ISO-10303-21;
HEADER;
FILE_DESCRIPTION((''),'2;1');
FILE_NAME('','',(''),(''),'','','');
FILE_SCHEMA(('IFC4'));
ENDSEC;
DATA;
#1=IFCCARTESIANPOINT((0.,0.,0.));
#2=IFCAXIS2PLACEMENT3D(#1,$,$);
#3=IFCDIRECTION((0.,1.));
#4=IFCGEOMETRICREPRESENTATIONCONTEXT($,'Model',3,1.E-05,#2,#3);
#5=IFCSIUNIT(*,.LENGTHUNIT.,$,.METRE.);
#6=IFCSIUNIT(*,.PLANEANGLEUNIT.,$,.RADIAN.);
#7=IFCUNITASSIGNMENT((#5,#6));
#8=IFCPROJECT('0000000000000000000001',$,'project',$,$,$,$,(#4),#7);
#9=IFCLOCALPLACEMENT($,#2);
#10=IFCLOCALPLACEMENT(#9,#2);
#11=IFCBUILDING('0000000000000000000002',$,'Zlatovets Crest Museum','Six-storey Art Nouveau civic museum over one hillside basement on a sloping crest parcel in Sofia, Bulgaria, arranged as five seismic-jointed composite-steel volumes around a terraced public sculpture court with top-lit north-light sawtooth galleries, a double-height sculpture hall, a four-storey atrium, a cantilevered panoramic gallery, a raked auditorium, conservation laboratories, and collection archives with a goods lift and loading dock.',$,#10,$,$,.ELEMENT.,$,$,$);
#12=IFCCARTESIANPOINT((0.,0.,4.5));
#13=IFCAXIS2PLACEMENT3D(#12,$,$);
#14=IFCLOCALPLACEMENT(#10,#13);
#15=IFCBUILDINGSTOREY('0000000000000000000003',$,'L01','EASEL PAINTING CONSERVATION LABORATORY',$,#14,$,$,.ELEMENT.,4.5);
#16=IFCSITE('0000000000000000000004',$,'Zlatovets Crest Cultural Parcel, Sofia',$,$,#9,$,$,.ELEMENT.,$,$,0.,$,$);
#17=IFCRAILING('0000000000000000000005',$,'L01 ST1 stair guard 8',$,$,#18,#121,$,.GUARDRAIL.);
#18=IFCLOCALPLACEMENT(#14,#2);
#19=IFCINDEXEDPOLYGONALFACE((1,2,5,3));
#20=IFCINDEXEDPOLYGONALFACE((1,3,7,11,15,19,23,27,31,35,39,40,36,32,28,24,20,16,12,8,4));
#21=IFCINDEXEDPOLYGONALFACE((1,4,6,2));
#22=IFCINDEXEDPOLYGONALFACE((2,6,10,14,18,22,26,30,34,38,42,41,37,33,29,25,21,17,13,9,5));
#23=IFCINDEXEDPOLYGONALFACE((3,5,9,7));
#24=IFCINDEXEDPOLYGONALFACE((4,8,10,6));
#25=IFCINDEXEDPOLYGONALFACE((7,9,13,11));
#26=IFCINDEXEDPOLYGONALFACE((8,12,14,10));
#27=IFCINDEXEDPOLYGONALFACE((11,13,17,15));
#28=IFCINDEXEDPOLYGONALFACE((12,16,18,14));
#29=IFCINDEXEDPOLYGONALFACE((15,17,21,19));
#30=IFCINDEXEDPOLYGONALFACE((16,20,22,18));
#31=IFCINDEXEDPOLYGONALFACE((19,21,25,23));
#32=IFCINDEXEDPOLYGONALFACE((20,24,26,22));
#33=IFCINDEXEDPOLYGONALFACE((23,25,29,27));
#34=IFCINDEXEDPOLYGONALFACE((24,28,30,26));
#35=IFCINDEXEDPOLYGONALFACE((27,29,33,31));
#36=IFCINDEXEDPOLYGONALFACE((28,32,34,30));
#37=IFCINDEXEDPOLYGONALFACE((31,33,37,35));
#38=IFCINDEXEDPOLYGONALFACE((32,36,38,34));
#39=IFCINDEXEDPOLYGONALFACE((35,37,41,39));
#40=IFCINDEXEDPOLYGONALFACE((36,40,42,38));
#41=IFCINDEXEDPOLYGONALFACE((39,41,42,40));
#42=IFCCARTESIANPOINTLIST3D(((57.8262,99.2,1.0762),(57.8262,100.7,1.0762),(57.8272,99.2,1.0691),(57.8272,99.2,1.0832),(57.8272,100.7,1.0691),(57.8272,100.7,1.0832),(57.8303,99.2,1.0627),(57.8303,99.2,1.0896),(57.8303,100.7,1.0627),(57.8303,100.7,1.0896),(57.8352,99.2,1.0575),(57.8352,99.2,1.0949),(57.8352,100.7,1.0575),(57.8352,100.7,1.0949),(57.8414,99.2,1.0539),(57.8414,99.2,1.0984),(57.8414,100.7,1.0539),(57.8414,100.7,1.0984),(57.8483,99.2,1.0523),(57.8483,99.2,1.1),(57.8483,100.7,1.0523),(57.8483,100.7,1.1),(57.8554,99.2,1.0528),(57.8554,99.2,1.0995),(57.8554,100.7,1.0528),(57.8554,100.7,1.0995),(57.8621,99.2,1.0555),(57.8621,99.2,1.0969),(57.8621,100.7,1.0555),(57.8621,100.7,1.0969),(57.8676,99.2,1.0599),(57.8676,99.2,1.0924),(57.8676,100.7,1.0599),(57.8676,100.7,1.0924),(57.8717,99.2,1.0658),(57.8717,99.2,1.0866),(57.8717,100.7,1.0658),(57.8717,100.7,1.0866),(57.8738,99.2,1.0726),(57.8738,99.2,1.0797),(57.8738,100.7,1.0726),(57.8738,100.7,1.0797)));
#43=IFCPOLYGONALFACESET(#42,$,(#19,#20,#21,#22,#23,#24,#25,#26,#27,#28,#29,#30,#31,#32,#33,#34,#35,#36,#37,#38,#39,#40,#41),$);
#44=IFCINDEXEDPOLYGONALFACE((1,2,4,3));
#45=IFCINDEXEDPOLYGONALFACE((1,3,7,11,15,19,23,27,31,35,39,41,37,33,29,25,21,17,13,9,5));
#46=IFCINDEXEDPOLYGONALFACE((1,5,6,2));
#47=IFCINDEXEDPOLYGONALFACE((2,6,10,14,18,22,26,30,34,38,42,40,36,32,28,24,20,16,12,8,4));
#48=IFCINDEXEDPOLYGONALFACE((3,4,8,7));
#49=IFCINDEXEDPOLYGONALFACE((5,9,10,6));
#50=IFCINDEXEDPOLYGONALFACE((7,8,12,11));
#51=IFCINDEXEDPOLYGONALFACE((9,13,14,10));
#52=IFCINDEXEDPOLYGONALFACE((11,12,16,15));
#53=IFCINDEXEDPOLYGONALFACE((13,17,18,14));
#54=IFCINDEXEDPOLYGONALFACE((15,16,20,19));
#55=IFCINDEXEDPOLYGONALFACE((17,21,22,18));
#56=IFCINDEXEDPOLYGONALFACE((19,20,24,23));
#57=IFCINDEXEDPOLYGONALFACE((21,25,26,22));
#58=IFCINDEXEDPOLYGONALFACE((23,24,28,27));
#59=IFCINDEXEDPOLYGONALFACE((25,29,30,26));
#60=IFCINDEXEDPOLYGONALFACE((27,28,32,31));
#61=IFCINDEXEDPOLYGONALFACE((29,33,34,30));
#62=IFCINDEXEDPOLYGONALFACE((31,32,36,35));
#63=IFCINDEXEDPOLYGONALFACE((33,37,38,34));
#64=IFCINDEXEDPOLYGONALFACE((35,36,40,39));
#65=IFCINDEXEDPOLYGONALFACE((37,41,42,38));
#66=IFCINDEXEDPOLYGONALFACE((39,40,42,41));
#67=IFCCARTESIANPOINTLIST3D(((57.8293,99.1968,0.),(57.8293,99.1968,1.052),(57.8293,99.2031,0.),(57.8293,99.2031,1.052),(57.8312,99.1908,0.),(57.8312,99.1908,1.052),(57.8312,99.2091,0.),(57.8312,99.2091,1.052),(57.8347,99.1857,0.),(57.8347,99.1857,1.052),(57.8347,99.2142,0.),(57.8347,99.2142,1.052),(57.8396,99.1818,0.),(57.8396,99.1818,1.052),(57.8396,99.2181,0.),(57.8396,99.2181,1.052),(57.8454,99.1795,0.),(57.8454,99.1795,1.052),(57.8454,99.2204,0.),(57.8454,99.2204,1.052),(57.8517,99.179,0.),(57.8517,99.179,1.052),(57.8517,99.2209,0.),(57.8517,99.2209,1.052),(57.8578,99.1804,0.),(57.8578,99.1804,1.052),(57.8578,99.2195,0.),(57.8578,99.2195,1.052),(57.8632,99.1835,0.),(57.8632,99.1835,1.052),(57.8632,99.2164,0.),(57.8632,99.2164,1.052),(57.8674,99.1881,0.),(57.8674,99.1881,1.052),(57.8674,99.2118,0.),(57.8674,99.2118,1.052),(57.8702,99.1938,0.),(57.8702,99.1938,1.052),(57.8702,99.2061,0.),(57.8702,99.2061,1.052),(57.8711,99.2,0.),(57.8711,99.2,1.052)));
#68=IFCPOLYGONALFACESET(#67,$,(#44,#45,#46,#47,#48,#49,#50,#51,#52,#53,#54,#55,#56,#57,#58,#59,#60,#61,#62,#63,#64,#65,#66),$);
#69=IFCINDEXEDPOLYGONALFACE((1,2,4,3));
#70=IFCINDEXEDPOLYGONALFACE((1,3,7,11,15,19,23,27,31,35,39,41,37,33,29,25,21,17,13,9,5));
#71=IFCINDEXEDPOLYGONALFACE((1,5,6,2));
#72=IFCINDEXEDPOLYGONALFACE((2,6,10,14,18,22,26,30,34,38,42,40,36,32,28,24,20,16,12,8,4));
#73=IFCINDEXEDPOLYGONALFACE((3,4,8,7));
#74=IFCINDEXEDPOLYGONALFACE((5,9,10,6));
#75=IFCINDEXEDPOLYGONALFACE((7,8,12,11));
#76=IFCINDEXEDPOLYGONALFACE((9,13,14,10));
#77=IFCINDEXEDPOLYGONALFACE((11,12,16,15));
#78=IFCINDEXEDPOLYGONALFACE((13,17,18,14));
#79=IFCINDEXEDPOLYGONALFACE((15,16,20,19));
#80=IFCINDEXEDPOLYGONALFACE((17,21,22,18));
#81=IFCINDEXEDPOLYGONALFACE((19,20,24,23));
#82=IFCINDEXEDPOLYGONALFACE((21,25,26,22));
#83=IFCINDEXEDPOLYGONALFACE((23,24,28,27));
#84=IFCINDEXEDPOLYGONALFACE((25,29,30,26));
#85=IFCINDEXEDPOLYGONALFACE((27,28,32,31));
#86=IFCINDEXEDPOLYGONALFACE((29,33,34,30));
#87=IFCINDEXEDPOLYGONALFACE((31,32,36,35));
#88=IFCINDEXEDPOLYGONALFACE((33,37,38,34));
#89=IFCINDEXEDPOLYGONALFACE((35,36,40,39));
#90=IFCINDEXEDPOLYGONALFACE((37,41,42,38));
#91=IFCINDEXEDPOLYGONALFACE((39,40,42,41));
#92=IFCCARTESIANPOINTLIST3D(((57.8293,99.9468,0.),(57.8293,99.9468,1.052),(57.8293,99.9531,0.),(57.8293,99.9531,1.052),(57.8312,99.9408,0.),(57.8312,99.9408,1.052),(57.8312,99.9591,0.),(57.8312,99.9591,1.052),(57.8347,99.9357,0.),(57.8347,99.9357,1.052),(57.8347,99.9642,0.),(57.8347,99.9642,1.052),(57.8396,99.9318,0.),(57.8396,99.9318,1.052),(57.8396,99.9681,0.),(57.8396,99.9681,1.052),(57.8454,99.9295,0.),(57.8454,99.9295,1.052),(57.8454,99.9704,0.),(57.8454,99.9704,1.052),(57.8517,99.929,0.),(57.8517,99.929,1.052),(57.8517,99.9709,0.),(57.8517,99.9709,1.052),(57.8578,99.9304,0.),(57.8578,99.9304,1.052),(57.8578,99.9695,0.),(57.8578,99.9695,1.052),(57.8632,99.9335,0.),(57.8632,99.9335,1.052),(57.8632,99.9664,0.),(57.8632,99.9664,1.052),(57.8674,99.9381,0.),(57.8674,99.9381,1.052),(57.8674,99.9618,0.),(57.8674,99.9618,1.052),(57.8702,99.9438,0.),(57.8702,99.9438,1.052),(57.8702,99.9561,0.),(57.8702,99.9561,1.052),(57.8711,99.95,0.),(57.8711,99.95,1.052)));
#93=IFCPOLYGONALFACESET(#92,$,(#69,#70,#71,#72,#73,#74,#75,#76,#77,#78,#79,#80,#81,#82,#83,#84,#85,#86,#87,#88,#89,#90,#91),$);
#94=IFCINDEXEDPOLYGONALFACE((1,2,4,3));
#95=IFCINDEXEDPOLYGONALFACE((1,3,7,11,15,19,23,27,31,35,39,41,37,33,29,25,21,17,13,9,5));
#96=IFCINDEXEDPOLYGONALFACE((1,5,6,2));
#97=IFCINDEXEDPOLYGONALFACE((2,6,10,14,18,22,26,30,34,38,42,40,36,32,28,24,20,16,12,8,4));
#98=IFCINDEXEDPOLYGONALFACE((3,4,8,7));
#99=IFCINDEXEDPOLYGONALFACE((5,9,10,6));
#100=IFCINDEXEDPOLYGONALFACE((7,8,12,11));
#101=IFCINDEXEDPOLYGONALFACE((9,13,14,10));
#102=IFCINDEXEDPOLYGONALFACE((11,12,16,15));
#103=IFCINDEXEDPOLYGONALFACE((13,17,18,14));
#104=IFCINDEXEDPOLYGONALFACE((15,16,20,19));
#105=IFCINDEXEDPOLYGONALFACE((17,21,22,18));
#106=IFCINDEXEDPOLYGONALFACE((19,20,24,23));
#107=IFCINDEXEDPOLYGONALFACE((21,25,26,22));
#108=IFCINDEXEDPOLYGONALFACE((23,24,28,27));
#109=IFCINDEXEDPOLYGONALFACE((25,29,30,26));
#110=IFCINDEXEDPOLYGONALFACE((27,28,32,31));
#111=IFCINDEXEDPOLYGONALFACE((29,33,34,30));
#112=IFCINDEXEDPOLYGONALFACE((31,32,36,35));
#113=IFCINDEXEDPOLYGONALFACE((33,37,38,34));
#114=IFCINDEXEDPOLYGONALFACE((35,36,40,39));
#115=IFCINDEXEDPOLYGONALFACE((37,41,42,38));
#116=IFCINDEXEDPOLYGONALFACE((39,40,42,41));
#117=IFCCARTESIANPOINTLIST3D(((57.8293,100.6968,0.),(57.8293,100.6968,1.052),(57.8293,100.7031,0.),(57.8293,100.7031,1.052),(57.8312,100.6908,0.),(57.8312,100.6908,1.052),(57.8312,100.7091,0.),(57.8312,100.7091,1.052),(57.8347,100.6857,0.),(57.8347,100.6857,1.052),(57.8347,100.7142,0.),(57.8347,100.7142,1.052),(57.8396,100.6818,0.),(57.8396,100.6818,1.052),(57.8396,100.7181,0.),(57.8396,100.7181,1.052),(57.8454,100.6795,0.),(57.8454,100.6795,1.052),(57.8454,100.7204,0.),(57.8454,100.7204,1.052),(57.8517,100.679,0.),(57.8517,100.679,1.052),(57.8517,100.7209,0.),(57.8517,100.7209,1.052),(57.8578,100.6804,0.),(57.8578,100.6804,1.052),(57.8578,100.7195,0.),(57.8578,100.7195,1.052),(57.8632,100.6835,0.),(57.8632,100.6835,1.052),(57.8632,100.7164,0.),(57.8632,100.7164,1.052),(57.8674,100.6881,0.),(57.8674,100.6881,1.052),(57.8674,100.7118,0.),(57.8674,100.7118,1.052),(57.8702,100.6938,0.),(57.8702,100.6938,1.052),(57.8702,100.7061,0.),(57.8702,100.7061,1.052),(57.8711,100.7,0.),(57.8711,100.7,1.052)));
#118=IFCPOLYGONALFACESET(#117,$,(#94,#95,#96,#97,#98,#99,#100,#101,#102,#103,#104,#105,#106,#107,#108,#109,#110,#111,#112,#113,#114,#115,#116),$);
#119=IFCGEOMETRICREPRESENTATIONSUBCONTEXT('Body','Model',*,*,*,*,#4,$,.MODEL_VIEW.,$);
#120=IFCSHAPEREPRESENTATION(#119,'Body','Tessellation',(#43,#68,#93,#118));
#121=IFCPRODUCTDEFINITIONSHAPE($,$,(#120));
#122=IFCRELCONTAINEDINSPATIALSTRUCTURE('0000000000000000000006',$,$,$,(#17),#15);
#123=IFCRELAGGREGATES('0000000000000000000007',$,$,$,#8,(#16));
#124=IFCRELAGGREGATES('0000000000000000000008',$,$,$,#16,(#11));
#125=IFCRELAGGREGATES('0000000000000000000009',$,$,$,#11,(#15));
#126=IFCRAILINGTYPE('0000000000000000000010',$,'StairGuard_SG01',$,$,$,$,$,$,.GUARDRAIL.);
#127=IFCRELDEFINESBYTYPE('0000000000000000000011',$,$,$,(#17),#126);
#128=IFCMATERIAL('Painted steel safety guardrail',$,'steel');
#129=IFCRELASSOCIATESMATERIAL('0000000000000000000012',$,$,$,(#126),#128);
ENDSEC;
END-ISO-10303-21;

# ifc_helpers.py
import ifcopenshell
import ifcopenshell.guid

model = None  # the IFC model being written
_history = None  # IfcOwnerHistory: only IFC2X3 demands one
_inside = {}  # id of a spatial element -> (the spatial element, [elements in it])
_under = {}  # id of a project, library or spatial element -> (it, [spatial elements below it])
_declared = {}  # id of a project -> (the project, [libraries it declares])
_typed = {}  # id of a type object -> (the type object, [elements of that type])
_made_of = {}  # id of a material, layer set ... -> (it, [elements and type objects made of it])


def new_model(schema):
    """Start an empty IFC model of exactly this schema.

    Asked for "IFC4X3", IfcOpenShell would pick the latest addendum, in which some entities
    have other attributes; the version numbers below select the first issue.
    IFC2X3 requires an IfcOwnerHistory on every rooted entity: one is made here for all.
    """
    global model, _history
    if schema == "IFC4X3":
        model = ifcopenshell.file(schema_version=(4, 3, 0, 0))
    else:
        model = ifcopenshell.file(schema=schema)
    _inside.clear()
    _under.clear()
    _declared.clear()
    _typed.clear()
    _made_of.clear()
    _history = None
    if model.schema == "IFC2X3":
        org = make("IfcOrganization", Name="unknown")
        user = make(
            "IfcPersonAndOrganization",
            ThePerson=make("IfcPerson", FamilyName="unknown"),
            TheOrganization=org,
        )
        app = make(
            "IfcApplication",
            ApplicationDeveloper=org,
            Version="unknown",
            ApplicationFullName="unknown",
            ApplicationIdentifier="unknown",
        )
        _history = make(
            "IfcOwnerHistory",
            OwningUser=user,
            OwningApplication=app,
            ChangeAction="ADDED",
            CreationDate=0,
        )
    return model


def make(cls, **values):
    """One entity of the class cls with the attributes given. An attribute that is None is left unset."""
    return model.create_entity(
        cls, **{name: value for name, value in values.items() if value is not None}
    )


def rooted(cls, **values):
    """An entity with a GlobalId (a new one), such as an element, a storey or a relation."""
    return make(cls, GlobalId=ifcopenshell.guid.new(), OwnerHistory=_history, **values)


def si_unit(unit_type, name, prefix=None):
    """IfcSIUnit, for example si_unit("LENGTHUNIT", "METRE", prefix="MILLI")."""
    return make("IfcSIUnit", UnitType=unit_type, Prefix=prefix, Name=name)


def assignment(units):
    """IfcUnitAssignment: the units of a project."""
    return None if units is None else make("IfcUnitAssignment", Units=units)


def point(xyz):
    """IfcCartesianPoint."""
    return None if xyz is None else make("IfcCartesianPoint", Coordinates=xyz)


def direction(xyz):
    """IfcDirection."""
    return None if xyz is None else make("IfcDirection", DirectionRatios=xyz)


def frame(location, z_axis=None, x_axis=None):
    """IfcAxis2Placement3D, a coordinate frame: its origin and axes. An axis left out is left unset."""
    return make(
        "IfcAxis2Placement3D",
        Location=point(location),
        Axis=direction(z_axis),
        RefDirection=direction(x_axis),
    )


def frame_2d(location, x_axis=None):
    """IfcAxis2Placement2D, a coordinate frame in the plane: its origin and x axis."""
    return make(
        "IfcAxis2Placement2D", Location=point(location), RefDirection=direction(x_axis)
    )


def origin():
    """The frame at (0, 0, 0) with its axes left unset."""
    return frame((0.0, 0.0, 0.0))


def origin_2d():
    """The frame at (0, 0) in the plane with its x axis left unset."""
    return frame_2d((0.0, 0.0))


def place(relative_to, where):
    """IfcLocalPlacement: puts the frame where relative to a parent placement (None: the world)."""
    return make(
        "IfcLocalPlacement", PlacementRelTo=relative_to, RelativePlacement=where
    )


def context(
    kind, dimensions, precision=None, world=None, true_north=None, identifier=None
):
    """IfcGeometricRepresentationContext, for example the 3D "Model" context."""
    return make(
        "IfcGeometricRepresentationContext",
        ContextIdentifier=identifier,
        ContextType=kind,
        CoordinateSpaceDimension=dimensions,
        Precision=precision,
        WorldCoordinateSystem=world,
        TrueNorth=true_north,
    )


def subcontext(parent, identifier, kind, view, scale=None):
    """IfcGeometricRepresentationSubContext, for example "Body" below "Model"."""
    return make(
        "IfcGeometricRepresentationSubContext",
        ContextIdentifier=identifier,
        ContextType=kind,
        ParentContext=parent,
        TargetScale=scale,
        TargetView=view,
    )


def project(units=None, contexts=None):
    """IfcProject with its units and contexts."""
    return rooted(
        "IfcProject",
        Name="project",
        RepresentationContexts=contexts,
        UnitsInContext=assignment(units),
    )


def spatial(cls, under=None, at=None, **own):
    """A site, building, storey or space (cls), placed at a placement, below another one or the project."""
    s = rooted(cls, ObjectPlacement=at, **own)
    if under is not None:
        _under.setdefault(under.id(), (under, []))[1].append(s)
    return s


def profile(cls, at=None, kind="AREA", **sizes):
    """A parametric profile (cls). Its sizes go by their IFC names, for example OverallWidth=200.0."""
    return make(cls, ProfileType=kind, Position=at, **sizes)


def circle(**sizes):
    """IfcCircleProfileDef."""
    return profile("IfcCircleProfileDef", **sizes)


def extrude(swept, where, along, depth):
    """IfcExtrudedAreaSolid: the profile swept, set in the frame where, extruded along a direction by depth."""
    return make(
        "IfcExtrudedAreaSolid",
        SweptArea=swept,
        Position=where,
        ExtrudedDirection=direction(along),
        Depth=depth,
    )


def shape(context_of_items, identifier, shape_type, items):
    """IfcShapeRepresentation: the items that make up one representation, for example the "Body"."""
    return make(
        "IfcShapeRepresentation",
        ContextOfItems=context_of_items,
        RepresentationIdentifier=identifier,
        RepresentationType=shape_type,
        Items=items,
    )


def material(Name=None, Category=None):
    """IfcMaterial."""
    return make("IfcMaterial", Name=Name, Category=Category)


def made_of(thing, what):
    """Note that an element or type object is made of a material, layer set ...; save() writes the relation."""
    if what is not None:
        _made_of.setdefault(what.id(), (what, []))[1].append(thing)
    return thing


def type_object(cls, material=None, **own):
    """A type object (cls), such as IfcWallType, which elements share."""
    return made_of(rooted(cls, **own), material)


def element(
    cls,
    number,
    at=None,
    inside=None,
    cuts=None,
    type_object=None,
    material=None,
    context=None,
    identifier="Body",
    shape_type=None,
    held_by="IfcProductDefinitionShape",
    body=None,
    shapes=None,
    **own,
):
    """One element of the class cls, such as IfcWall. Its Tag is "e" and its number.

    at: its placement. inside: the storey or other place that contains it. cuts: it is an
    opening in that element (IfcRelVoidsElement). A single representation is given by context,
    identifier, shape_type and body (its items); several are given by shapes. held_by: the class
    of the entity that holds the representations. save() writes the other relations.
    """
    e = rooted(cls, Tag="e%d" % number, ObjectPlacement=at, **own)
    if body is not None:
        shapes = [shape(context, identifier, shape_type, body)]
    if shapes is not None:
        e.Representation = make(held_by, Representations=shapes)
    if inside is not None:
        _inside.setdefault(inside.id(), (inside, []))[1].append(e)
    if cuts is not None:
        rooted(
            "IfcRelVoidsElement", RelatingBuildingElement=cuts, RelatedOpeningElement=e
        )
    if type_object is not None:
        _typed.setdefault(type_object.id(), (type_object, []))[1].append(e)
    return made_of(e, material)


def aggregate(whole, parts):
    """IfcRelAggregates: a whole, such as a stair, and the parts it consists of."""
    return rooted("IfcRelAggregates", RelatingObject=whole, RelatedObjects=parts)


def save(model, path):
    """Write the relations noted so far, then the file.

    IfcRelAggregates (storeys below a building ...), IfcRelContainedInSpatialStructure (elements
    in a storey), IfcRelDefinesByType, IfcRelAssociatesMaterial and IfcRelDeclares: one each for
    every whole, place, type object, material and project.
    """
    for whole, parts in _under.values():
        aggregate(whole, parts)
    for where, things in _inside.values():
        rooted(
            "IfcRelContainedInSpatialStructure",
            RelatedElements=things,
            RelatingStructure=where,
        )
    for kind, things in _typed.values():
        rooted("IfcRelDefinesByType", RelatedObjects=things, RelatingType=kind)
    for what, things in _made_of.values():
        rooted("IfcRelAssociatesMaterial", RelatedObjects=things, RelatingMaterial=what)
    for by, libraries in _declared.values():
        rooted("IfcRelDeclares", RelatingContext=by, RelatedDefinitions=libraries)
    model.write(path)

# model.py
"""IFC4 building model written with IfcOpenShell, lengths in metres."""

from ifc_helpers import new_model, si_unit, direction, frame, origin, origin_2d, place, context, subcontext, project, spatial, circle, extrude, material, type_object, element, save


model = new_model("IFC4")

# Units and contexts
model_context = context("Model", 3, precision=1e-05, world=origin(), true_north=direction((0.0, 1.0)))
body_context = subcontext(model_context, "Body", "Model", "MODEL_VIEW")
ifc_project = project(units=[si_unit("LENGTHUNIT", "METRE"), si_unit("PLANEANGLEUNIT", "RADIAN")], contexts=[model_context])

# Site, building, storey
site_placement = place(None, origin())
site = spatial("IfcSite", under=ifc_project, at=site_placement, Name="Zlatovets Crest Cultural Parcel, Sofia", CompositionType="ELEMENT", RefElevation=0.0)
building_placement = place(site_placement, origin())
building = spatial("IfcBuilding", under=site, at=building_placement, Name="Zlatovets Crest Museum", Description="Six-storey Art Nouveau civic museum over one hillside basement on a sloping crest parcel in Sofia, Bulgaria, arranged as five seismic-jointed composite-steel volumes around a terraced public sculpture court with top-lit north-light sawtooth galleries, a double-height sculpture hall, a four-storey atrium, a cantilevered panoramic gallery, a raked auditorium, conservation laboratories, and collection archives with a goods lift and loading dock.", CompositionType="ELEMENT")
storey_placement = place(building_placement, frame((0.0, 0.0, 4.5)))
storey = spatial("IfcBuildingStorey", under=building, at=storey_placement, Name="L01", Description="EASEL PAINTING CONSERVATION LABORATORY", CompositionType="ELEMENT", Elevation=4.5)

# Railing
ifc_material_1 = material(Name="Painted steel safety guardrail", Category="steel")
railing_type_1 = type_object("IfcRailingType", Name="StairGuard_SG01", PredefinedType="GUARDRAIL", material=ifc_material_1)
for number, where, name in (
    (1, (57.8501, 99.2, 0.0), "L01 ST1 stair guard 8"),
):
    element("IfcRailing", number, at=place(storey_placement, frame(where)), inside=storey, type_object=railing_type_1, Name=name, PredefinedType="GUARDRAIL", context=body_context, shape_type="SweptSolid", body=[
        extrude(circle(Radius=0.0239, at=origin_2d()), frame((0.0, 0.0, 1.0762), z_axis=(0.0, 1.0, 0.0), x_axis=(-1.0, 0.0, 0.0)), (0.0, 0.0, 1.0), 1.5),
        extrude(circle(Radius=0.021, at=origin_2d()), origin(), (0.0, 0.0, 1.0), 1.052),
        extrude(circle(Radius=0.021, at=origin_2d()), frame((0.0, 0.75, 0.0)), (0.0, 0.0, 1.0), 1.052),
        extrude(circle(Radius=0.021, at=origin_2d()), frame((0.0, 1.5, 0.0)), (0.0, 0.0, 1.0), 1.052),
    ])

save(model, "model.ifc")
